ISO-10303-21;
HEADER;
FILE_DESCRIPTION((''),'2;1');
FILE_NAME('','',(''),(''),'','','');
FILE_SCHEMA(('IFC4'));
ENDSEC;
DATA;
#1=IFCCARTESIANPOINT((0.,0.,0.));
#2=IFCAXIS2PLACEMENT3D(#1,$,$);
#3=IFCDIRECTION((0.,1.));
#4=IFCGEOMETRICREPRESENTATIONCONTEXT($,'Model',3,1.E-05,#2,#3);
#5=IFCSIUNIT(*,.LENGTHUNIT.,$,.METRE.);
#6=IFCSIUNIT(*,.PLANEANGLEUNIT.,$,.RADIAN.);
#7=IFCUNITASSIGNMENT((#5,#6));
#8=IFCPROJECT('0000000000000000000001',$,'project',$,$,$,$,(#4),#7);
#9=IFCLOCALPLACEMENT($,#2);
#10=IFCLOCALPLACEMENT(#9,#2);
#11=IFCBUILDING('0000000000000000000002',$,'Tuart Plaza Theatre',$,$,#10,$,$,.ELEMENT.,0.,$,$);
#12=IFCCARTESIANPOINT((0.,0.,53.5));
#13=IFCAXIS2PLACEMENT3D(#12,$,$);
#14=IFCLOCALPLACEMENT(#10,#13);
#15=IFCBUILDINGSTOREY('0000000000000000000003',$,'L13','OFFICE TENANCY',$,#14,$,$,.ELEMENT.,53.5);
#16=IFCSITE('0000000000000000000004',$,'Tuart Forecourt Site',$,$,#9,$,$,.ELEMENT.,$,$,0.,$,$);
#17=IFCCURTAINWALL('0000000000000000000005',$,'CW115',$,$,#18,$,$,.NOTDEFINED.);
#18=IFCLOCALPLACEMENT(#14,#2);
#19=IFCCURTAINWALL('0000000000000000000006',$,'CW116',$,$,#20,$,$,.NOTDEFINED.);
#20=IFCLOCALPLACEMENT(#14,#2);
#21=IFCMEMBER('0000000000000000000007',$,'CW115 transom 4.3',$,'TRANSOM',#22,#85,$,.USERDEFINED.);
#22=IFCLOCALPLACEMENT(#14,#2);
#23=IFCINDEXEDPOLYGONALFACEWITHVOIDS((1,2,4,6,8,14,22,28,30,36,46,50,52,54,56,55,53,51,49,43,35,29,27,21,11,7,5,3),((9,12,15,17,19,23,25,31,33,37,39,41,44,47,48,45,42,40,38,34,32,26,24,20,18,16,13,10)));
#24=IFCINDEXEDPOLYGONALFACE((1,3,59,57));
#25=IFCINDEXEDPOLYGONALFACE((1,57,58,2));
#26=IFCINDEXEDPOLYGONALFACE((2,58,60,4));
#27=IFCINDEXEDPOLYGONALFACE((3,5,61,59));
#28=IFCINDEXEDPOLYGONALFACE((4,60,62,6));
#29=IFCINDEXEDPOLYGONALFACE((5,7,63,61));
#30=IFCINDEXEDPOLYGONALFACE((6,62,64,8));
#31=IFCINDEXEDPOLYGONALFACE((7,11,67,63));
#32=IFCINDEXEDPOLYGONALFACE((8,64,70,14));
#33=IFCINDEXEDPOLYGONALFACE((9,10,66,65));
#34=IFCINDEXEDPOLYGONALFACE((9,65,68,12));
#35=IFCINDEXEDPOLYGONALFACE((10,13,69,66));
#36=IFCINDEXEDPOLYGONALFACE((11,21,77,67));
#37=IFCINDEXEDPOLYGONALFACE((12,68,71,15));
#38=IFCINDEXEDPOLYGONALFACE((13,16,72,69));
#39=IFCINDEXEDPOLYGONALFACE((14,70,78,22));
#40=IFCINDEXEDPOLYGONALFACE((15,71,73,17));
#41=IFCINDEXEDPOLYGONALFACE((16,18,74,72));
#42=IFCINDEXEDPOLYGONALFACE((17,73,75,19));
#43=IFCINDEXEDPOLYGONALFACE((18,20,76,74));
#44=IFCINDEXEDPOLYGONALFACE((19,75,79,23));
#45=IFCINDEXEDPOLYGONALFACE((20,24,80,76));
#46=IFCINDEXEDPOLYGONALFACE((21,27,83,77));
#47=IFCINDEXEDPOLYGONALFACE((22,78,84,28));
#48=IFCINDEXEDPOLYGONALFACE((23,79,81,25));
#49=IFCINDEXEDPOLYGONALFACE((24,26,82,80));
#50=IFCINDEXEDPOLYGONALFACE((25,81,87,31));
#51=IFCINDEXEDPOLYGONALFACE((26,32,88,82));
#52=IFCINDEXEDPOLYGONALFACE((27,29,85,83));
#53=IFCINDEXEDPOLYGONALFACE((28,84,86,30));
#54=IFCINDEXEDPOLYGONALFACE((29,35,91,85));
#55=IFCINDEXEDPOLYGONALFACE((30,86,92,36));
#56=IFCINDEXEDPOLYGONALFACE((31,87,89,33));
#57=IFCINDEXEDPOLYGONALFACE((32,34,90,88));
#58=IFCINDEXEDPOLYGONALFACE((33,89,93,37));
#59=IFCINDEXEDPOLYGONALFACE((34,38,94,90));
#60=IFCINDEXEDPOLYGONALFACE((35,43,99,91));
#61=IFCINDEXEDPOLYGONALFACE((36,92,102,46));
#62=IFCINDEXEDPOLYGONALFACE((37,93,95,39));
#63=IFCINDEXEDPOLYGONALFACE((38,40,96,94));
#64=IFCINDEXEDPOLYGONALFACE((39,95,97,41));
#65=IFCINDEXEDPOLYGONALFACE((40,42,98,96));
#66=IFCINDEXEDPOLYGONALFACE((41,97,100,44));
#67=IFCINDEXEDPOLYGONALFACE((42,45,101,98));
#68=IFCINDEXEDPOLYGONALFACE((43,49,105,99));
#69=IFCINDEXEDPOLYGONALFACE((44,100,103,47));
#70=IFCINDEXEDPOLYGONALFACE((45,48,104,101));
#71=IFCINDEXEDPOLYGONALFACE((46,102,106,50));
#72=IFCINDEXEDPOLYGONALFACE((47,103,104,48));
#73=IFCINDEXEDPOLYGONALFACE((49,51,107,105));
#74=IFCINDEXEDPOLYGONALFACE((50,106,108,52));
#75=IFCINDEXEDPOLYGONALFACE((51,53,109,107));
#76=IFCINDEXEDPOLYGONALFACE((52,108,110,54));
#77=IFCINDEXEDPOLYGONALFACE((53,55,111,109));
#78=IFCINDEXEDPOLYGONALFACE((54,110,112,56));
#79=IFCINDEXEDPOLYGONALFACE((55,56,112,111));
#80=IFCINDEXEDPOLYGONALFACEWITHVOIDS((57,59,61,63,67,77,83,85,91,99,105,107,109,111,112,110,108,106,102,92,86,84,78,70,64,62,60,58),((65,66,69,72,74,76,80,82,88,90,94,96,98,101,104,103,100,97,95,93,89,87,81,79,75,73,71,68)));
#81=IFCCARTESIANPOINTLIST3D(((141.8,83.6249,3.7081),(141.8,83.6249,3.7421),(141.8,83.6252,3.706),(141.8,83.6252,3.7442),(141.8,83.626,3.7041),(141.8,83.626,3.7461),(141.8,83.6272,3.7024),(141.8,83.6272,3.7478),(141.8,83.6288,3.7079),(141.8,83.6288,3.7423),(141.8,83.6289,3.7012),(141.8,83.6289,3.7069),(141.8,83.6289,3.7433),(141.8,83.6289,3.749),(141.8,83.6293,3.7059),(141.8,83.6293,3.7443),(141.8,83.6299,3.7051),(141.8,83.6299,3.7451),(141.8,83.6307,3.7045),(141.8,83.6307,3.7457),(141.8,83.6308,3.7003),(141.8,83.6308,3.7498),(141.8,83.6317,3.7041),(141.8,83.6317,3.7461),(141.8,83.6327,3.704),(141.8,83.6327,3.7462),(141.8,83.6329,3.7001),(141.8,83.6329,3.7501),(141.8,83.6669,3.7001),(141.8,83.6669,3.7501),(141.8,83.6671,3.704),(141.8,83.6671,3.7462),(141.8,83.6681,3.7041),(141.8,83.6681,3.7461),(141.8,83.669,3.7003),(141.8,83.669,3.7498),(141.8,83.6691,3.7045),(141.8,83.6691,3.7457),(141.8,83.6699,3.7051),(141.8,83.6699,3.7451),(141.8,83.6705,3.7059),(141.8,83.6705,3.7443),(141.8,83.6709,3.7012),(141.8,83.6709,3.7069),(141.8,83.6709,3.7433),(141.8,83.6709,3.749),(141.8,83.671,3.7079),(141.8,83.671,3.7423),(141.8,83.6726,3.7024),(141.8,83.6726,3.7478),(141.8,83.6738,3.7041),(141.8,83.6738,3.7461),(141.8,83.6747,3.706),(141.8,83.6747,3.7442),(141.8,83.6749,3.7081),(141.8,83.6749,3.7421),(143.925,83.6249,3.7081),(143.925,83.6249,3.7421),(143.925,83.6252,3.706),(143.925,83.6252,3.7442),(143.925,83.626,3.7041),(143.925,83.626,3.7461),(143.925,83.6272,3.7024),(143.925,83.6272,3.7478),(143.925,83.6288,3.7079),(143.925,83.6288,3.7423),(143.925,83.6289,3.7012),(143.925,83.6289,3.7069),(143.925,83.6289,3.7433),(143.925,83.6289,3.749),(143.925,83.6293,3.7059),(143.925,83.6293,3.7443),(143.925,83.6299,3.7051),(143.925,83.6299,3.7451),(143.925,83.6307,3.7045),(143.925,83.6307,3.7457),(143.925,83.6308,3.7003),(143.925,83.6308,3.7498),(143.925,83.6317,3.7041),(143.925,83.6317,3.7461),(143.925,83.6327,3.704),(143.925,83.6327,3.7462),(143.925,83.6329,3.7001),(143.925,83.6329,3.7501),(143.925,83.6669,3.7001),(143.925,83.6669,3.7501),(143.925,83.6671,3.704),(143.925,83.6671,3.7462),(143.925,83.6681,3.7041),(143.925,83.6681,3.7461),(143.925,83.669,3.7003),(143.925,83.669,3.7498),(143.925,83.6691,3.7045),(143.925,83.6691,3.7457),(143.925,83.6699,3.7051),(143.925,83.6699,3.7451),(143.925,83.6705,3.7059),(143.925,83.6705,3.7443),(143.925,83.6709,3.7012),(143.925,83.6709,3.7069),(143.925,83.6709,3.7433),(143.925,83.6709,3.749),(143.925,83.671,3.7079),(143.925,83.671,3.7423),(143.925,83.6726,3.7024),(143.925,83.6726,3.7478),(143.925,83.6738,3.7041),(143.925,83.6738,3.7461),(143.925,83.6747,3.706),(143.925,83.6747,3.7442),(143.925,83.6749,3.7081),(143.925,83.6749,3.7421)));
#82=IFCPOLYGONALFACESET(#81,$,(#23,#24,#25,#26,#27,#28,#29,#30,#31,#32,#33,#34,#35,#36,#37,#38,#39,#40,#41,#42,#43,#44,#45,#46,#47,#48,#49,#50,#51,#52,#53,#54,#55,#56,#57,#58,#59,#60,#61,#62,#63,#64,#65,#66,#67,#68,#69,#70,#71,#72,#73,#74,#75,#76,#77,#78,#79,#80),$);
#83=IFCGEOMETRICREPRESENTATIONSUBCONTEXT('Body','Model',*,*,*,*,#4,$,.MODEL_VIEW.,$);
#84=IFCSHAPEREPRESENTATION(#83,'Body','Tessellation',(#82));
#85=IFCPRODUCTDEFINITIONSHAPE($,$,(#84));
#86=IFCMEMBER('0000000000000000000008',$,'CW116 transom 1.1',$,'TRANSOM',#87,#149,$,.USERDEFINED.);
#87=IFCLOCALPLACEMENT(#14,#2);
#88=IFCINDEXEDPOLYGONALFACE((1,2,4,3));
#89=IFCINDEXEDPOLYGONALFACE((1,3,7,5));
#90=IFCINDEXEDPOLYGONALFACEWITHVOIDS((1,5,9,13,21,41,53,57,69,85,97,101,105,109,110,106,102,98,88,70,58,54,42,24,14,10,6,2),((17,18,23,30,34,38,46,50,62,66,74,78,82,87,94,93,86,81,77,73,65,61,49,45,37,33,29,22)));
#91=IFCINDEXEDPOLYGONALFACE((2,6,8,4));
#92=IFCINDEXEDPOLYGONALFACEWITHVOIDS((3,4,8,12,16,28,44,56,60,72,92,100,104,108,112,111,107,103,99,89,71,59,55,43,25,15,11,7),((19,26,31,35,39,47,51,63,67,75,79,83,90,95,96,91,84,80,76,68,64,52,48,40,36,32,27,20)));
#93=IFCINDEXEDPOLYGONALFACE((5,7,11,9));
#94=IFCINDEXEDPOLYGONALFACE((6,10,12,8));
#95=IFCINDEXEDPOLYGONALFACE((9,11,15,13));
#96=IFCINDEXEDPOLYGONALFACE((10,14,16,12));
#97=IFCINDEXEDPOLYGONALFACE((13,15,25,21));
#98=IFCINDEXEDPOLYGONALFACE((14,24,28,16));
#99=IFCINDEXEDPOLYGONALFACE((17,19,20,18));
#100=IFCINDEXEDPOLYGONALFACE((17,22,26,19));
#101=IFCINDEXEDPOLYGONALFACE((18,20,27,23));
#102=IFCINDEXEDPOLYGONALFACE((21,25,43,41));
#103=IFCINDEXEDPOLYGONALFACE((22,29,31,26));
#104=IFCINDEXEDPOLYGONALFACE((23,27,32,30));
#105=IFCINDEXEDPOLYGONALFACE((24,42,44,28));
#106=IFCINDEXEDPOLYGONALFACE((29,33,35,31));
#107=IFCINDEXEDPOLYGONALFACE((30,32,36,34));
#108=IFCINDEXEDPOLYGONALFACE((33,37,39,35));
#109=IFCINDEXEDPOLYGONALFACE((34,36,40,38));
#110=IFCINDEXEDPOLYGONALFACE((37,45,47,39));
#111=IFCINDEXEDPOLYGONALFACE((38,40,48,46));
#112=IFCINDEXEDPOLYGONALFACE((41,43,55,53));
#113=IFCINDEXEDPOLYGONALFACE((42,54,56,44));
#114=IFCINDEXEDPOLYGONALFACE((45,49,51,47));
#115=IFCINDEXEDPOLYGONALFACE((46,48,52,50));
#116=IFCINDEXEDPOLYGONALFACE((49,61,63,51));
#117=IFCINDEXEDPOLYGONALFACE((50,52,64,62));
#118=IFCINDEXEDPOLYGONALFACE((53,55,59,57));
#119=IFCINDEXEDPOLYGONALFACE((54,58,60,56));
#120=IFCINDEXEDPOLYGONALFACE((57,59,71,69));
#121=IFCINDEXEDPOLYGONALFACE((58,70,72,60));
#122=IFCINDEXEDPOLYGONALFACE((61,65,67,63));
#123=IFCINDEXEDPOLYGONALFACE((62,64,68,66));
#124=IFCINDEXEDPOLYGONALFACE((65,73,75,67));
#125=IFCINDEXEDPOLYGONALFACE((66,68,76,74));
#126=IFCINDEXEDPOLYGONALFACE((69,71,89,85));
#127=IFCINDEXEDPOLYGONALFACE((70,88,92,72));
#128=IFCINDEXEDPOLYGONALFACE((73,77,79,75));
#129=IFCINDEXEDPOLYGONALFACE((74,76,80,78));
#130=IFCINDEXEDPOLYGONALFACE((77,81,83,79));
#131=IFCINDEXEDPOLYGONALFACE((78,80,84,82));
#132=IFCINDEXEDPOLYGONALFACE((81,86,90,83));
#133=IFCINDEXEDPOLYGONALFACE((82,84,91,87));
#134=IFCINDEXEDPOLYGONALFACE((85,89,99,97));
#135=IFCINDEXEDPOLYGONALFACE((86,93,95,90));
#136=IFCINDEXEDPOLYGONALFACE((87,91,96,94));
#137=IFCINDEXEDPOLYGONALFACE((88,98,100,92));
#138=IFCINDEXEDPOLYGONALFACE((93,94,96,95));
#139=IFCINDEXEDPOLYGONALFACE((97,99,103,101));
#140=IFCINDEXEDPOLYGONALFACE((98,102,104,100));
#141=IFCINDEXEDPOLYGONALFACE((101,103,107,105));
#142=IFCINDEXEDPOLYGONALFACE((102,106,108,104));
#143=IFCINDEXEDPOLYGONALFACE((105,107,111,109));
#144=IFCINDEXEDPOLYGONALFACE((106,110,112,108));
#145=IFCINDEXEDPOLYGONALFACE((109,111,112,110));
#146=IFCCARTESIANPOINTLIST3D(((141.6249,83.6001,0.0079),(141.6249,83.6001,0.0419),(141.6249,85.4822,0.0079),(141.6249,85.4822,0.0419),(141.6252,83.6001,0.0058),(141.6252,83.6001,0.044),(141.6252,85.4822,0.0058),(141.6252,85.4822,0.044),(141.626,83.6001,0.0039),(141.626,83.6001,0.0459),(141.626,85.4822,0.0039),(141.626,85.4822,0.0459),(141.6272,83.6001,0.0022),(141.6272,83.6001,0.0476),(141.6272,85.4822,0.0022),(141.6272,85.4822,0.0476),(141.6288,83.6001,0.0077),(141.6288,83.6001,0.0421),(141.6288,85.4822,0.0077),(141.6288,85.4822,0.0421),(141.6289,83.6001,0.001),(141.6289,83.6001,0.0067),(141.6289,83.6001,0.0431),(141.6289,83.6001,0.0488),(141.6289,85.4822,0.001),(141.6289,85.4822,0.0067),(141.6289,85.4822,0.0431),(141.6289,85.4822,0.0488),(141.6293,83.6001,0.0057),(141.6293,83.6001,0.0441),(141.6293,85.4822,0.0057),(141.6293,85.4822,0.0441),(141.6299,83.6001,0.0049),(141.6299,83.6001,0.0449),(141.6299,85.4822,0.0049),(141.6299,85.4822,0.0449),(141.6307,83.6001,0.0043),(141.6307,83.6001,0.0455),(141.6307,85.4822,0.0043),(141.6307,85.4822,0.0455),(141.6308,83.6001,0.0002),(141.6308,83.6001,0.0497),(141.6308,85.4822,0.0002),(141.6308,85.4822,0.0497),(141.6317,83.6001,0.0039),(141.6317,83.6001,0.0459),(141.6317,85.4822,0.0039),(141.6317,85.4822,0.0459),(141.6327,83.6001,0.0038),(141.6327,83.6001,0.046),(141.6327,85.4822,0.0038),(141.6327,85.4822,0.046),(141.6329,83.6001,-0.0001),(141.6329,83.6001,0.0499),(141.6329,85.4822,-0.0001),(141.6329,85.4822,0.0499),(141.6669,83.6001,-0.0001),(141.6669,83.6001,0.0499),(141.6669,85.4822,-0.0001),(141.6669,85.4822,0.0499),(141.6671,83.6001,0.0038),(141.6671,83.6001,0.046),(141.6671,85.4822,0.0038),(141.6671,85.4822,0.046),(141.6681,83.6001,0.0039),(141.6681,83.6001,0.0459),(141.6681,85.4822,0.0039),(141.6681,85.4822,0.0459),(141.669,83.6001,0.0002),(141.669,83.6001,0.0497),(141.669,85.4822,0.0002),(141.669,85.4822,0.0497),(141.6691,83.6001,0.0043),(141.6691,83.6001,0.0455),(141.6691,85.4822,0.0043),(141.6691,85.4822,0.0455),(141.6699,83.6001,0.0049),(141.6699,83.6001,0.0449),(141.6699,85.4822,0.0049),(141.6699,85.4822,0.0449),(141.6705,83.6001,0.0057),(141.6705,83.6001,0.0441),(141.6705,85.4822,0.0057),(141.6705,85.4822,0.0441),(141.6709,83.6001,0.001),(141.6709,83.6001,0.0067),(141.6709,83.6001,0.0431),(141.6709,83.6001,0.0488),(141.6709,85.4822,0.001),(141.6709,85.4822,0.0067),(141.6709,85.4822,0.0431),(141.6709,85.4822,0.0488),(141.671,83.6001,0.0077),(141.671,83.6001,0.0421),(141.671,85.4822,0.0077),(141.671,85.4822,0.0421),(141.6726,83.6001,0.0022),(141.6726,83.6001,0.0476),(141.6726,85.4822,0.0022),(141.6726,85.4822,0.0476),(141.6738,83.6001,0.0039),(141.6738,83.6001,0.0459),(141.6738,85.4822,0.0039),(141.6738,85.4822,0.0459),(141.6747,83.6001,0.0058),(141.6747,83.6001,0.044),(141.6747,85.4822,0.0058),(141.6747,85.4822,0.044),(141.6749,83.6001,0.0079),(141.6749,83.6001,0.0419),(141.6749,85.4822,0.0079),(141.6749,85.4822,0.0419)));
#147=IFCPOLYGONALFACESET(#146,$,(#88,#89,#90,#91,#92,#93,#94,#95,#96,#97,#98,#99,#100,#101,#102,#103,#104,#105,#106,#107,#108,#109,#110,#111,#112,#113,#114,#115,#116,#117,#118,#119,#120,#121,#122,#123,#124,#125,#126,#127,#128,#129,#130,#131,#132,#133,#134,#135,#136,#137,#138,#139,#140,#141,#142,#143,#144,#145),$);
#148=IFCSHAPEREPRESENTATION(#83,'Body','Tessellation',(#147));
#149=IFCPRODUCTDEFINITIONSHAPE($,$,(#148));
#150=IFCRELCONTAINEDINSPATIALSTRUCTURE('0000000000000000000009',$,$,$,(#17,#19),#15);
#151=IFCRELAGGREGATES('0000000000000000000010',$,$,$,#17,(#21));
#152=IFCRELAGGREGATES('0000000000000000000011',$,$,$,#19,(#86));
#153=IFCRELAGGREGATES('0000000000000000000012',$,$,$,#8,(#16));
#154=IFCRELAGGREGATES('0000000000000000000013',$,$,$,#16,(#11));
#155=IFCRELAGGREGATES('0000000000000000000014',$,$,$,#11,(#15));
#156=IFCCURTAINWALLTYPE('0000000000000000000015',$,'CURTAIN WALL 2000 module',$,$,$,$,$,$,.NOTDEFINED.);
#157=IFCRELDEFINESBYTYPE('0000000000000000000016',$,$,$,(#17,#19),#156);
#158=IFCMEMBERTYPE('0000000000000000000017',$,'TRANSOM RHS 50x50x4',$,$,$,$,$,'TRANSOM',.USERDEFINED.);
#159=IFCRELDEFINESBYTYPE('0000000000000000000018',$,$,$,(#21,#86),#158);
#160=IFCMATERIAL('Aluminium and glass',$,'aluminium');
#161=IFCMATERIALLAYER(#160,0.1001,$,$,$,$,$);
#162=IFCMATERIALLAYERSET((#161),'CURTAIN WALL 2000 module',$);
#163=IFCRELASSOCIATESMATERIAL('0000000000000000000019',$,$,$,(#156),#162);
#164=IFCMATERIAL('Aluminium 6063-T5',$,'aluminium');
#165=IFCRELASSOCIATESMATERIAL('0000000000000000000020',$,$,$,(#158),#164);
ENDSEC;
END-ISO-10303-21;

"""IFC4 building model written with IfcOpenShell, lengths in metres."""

from ifc_helpers import new_model, si_unit, direction, frame, origin, origin_2d, place, context, subcontext, project, spatial, hollow_rectangle, extrude, material, layer, layer_set, material_profile, profile_set, type_object, element, aggregate, save


model = new_model("IFC4")

# Units and contexts
model_context = context("Model", 3, precision=1e-05, world=origin(), true_north=direction((0.0, 1.0)))
body_context = subcontext(model_context, "Body", "Model", "MODEL_VIEW")
ifc_project = project(units=[si_unit("LENGTHUNIT", "METRE"), si_unit("PLANEANGLEUNIT", "RADIAN")], contexts=[model_context])

# Site, building, storey
site_placement = place(None, origin())
site = spatial("IfcSite", under=ifc_project, at=site_placement, Name="Tuart Forecourt Site", CompositionType="ELEMENT", RefElevation=0.0)
building_placement = place(site_placement, origin())
building = spatial("IfcBuilding", under=site, at=building_placement, Name="Tuart Plaza Theatre", CompositionType="ELEMENT", ElevationOfRefHeight=0.0)
storey_placement = place(building_placement, frame((0.0, 0.0, 53.5)))
storey = spatial("IfcBuildingStorey", under=building, at=storey_placement, Name="L13", Description="OFFICE TENANCY", CompositionType="ELEMENT", Elevation=53.5)

# Curtain walls
ifc_material_1 = material(Name="Aluminium and glass", Category="aluminium")
ifc_layer_1 = layer(ifc_material_1, 0.1001)
ifc_layer_set_1 = layer_set([ifc_layer_1], Name="CURTAIN WALL 2000 module")
curtain_wall_type = type_object("IfcCurtainWallType", Name="CURTAIN WALL 2000 module", PredefinedType="NOTDEFINED", material=ifc_layer_set_1)
curtain_wall_1_placement = place(storey_placement, origin())
curtain_wall_1 = element("IfcCurtainWall", 1, at=curtain_wall_1_placement, inside=storey, type_object=curtain_wall_type, Name="CW115", PredefinedType="NOTDEFINED")
curtain_wall_2_placement = place(storey_placement, origin())
curtain_wall_2 = element("IfcCurtainWall", 2, at=curtain_wall_2_placement, inside=storey, type_object=curtain_wall_type, Name="CW116", PredefinedType="NOTDEFINED")

# Members
ifc_material_2 = material(Name="Aluminium 6063-T5", Category="aluminium")
ifc_material_profile_1 = material_profile(ifc_material_2, hollow_rectangle(XDim=0.05, YDim=0.05, WallThickness=0.0039, InnerFilletRadius=0.0039, OuterFilletRadius=0.0081, at=origin_2d()), Name="RHS 50x50x4")
ifc_profile_set_1 = profile_set([ifc_material_profile_1], Name="Aluminium 6063-T5")
member_type_1 = type_object("IfcMemberType", Name="TRANSOM RHS 50x50x4", ElementType="TRANSOM", PredefinedType="USERDEFINED", material=ifc_profile_set_1)
member_1_placement = place(storey_placement, frame((143.925, 83.6499, 3.7251), z_axis=(-1.0, 0.0, 0.0), x_axis=(0.0, -1.0, 0.0)))
member_1 = element("IfcMember", 3, at=member_1_placement, type_object=member_type_1, Name="CW115 transom 4.3", ObjectType="TRANSOM", PredefinedType="USERDEFINED", context=body_context, shape_type="SweptSolid", body=[
    extrude(hollow_rectangle(XDim=0.05, YDim=0.05, WallThickness=0.0039, InnerFilletRadius=0.0039, OuterFilletRadius=0.0081, at=origin_2d()), origin(), (0.0, 0.0, 1.0), 2.125),
])
member_2_placement = place(storey_placement, frame((141.6499, 83.6001, 0.0249), z_axis=(0.0, 1.0, 0.0), x_axis=(-1.0, 0.0, 0.0)))
member_2 = element("IfcMember", 4, at=member_2_placement, type_object=member_type_1, Name="CW116 transom 1.1", ObjectType="TRANSOM", PredefinedType="USERDEFINED", context=body_context, shape_type="SweptSolid", body=[
    extrude(hollow_rectangle(XDim=0.05, YDim=0.05, WallThickness=0.0039, InnerFilletRadius=0.0039, OuterFilletRadius=0.0081, at=origin_2d()), origin(), (0.0, 0.0, 1.0), 1.8821),
])

aggregate(curtain_wall_1, [member_1])
aggregate(curtain_wall_2, [member_2])

save(model, "model.ifc")
